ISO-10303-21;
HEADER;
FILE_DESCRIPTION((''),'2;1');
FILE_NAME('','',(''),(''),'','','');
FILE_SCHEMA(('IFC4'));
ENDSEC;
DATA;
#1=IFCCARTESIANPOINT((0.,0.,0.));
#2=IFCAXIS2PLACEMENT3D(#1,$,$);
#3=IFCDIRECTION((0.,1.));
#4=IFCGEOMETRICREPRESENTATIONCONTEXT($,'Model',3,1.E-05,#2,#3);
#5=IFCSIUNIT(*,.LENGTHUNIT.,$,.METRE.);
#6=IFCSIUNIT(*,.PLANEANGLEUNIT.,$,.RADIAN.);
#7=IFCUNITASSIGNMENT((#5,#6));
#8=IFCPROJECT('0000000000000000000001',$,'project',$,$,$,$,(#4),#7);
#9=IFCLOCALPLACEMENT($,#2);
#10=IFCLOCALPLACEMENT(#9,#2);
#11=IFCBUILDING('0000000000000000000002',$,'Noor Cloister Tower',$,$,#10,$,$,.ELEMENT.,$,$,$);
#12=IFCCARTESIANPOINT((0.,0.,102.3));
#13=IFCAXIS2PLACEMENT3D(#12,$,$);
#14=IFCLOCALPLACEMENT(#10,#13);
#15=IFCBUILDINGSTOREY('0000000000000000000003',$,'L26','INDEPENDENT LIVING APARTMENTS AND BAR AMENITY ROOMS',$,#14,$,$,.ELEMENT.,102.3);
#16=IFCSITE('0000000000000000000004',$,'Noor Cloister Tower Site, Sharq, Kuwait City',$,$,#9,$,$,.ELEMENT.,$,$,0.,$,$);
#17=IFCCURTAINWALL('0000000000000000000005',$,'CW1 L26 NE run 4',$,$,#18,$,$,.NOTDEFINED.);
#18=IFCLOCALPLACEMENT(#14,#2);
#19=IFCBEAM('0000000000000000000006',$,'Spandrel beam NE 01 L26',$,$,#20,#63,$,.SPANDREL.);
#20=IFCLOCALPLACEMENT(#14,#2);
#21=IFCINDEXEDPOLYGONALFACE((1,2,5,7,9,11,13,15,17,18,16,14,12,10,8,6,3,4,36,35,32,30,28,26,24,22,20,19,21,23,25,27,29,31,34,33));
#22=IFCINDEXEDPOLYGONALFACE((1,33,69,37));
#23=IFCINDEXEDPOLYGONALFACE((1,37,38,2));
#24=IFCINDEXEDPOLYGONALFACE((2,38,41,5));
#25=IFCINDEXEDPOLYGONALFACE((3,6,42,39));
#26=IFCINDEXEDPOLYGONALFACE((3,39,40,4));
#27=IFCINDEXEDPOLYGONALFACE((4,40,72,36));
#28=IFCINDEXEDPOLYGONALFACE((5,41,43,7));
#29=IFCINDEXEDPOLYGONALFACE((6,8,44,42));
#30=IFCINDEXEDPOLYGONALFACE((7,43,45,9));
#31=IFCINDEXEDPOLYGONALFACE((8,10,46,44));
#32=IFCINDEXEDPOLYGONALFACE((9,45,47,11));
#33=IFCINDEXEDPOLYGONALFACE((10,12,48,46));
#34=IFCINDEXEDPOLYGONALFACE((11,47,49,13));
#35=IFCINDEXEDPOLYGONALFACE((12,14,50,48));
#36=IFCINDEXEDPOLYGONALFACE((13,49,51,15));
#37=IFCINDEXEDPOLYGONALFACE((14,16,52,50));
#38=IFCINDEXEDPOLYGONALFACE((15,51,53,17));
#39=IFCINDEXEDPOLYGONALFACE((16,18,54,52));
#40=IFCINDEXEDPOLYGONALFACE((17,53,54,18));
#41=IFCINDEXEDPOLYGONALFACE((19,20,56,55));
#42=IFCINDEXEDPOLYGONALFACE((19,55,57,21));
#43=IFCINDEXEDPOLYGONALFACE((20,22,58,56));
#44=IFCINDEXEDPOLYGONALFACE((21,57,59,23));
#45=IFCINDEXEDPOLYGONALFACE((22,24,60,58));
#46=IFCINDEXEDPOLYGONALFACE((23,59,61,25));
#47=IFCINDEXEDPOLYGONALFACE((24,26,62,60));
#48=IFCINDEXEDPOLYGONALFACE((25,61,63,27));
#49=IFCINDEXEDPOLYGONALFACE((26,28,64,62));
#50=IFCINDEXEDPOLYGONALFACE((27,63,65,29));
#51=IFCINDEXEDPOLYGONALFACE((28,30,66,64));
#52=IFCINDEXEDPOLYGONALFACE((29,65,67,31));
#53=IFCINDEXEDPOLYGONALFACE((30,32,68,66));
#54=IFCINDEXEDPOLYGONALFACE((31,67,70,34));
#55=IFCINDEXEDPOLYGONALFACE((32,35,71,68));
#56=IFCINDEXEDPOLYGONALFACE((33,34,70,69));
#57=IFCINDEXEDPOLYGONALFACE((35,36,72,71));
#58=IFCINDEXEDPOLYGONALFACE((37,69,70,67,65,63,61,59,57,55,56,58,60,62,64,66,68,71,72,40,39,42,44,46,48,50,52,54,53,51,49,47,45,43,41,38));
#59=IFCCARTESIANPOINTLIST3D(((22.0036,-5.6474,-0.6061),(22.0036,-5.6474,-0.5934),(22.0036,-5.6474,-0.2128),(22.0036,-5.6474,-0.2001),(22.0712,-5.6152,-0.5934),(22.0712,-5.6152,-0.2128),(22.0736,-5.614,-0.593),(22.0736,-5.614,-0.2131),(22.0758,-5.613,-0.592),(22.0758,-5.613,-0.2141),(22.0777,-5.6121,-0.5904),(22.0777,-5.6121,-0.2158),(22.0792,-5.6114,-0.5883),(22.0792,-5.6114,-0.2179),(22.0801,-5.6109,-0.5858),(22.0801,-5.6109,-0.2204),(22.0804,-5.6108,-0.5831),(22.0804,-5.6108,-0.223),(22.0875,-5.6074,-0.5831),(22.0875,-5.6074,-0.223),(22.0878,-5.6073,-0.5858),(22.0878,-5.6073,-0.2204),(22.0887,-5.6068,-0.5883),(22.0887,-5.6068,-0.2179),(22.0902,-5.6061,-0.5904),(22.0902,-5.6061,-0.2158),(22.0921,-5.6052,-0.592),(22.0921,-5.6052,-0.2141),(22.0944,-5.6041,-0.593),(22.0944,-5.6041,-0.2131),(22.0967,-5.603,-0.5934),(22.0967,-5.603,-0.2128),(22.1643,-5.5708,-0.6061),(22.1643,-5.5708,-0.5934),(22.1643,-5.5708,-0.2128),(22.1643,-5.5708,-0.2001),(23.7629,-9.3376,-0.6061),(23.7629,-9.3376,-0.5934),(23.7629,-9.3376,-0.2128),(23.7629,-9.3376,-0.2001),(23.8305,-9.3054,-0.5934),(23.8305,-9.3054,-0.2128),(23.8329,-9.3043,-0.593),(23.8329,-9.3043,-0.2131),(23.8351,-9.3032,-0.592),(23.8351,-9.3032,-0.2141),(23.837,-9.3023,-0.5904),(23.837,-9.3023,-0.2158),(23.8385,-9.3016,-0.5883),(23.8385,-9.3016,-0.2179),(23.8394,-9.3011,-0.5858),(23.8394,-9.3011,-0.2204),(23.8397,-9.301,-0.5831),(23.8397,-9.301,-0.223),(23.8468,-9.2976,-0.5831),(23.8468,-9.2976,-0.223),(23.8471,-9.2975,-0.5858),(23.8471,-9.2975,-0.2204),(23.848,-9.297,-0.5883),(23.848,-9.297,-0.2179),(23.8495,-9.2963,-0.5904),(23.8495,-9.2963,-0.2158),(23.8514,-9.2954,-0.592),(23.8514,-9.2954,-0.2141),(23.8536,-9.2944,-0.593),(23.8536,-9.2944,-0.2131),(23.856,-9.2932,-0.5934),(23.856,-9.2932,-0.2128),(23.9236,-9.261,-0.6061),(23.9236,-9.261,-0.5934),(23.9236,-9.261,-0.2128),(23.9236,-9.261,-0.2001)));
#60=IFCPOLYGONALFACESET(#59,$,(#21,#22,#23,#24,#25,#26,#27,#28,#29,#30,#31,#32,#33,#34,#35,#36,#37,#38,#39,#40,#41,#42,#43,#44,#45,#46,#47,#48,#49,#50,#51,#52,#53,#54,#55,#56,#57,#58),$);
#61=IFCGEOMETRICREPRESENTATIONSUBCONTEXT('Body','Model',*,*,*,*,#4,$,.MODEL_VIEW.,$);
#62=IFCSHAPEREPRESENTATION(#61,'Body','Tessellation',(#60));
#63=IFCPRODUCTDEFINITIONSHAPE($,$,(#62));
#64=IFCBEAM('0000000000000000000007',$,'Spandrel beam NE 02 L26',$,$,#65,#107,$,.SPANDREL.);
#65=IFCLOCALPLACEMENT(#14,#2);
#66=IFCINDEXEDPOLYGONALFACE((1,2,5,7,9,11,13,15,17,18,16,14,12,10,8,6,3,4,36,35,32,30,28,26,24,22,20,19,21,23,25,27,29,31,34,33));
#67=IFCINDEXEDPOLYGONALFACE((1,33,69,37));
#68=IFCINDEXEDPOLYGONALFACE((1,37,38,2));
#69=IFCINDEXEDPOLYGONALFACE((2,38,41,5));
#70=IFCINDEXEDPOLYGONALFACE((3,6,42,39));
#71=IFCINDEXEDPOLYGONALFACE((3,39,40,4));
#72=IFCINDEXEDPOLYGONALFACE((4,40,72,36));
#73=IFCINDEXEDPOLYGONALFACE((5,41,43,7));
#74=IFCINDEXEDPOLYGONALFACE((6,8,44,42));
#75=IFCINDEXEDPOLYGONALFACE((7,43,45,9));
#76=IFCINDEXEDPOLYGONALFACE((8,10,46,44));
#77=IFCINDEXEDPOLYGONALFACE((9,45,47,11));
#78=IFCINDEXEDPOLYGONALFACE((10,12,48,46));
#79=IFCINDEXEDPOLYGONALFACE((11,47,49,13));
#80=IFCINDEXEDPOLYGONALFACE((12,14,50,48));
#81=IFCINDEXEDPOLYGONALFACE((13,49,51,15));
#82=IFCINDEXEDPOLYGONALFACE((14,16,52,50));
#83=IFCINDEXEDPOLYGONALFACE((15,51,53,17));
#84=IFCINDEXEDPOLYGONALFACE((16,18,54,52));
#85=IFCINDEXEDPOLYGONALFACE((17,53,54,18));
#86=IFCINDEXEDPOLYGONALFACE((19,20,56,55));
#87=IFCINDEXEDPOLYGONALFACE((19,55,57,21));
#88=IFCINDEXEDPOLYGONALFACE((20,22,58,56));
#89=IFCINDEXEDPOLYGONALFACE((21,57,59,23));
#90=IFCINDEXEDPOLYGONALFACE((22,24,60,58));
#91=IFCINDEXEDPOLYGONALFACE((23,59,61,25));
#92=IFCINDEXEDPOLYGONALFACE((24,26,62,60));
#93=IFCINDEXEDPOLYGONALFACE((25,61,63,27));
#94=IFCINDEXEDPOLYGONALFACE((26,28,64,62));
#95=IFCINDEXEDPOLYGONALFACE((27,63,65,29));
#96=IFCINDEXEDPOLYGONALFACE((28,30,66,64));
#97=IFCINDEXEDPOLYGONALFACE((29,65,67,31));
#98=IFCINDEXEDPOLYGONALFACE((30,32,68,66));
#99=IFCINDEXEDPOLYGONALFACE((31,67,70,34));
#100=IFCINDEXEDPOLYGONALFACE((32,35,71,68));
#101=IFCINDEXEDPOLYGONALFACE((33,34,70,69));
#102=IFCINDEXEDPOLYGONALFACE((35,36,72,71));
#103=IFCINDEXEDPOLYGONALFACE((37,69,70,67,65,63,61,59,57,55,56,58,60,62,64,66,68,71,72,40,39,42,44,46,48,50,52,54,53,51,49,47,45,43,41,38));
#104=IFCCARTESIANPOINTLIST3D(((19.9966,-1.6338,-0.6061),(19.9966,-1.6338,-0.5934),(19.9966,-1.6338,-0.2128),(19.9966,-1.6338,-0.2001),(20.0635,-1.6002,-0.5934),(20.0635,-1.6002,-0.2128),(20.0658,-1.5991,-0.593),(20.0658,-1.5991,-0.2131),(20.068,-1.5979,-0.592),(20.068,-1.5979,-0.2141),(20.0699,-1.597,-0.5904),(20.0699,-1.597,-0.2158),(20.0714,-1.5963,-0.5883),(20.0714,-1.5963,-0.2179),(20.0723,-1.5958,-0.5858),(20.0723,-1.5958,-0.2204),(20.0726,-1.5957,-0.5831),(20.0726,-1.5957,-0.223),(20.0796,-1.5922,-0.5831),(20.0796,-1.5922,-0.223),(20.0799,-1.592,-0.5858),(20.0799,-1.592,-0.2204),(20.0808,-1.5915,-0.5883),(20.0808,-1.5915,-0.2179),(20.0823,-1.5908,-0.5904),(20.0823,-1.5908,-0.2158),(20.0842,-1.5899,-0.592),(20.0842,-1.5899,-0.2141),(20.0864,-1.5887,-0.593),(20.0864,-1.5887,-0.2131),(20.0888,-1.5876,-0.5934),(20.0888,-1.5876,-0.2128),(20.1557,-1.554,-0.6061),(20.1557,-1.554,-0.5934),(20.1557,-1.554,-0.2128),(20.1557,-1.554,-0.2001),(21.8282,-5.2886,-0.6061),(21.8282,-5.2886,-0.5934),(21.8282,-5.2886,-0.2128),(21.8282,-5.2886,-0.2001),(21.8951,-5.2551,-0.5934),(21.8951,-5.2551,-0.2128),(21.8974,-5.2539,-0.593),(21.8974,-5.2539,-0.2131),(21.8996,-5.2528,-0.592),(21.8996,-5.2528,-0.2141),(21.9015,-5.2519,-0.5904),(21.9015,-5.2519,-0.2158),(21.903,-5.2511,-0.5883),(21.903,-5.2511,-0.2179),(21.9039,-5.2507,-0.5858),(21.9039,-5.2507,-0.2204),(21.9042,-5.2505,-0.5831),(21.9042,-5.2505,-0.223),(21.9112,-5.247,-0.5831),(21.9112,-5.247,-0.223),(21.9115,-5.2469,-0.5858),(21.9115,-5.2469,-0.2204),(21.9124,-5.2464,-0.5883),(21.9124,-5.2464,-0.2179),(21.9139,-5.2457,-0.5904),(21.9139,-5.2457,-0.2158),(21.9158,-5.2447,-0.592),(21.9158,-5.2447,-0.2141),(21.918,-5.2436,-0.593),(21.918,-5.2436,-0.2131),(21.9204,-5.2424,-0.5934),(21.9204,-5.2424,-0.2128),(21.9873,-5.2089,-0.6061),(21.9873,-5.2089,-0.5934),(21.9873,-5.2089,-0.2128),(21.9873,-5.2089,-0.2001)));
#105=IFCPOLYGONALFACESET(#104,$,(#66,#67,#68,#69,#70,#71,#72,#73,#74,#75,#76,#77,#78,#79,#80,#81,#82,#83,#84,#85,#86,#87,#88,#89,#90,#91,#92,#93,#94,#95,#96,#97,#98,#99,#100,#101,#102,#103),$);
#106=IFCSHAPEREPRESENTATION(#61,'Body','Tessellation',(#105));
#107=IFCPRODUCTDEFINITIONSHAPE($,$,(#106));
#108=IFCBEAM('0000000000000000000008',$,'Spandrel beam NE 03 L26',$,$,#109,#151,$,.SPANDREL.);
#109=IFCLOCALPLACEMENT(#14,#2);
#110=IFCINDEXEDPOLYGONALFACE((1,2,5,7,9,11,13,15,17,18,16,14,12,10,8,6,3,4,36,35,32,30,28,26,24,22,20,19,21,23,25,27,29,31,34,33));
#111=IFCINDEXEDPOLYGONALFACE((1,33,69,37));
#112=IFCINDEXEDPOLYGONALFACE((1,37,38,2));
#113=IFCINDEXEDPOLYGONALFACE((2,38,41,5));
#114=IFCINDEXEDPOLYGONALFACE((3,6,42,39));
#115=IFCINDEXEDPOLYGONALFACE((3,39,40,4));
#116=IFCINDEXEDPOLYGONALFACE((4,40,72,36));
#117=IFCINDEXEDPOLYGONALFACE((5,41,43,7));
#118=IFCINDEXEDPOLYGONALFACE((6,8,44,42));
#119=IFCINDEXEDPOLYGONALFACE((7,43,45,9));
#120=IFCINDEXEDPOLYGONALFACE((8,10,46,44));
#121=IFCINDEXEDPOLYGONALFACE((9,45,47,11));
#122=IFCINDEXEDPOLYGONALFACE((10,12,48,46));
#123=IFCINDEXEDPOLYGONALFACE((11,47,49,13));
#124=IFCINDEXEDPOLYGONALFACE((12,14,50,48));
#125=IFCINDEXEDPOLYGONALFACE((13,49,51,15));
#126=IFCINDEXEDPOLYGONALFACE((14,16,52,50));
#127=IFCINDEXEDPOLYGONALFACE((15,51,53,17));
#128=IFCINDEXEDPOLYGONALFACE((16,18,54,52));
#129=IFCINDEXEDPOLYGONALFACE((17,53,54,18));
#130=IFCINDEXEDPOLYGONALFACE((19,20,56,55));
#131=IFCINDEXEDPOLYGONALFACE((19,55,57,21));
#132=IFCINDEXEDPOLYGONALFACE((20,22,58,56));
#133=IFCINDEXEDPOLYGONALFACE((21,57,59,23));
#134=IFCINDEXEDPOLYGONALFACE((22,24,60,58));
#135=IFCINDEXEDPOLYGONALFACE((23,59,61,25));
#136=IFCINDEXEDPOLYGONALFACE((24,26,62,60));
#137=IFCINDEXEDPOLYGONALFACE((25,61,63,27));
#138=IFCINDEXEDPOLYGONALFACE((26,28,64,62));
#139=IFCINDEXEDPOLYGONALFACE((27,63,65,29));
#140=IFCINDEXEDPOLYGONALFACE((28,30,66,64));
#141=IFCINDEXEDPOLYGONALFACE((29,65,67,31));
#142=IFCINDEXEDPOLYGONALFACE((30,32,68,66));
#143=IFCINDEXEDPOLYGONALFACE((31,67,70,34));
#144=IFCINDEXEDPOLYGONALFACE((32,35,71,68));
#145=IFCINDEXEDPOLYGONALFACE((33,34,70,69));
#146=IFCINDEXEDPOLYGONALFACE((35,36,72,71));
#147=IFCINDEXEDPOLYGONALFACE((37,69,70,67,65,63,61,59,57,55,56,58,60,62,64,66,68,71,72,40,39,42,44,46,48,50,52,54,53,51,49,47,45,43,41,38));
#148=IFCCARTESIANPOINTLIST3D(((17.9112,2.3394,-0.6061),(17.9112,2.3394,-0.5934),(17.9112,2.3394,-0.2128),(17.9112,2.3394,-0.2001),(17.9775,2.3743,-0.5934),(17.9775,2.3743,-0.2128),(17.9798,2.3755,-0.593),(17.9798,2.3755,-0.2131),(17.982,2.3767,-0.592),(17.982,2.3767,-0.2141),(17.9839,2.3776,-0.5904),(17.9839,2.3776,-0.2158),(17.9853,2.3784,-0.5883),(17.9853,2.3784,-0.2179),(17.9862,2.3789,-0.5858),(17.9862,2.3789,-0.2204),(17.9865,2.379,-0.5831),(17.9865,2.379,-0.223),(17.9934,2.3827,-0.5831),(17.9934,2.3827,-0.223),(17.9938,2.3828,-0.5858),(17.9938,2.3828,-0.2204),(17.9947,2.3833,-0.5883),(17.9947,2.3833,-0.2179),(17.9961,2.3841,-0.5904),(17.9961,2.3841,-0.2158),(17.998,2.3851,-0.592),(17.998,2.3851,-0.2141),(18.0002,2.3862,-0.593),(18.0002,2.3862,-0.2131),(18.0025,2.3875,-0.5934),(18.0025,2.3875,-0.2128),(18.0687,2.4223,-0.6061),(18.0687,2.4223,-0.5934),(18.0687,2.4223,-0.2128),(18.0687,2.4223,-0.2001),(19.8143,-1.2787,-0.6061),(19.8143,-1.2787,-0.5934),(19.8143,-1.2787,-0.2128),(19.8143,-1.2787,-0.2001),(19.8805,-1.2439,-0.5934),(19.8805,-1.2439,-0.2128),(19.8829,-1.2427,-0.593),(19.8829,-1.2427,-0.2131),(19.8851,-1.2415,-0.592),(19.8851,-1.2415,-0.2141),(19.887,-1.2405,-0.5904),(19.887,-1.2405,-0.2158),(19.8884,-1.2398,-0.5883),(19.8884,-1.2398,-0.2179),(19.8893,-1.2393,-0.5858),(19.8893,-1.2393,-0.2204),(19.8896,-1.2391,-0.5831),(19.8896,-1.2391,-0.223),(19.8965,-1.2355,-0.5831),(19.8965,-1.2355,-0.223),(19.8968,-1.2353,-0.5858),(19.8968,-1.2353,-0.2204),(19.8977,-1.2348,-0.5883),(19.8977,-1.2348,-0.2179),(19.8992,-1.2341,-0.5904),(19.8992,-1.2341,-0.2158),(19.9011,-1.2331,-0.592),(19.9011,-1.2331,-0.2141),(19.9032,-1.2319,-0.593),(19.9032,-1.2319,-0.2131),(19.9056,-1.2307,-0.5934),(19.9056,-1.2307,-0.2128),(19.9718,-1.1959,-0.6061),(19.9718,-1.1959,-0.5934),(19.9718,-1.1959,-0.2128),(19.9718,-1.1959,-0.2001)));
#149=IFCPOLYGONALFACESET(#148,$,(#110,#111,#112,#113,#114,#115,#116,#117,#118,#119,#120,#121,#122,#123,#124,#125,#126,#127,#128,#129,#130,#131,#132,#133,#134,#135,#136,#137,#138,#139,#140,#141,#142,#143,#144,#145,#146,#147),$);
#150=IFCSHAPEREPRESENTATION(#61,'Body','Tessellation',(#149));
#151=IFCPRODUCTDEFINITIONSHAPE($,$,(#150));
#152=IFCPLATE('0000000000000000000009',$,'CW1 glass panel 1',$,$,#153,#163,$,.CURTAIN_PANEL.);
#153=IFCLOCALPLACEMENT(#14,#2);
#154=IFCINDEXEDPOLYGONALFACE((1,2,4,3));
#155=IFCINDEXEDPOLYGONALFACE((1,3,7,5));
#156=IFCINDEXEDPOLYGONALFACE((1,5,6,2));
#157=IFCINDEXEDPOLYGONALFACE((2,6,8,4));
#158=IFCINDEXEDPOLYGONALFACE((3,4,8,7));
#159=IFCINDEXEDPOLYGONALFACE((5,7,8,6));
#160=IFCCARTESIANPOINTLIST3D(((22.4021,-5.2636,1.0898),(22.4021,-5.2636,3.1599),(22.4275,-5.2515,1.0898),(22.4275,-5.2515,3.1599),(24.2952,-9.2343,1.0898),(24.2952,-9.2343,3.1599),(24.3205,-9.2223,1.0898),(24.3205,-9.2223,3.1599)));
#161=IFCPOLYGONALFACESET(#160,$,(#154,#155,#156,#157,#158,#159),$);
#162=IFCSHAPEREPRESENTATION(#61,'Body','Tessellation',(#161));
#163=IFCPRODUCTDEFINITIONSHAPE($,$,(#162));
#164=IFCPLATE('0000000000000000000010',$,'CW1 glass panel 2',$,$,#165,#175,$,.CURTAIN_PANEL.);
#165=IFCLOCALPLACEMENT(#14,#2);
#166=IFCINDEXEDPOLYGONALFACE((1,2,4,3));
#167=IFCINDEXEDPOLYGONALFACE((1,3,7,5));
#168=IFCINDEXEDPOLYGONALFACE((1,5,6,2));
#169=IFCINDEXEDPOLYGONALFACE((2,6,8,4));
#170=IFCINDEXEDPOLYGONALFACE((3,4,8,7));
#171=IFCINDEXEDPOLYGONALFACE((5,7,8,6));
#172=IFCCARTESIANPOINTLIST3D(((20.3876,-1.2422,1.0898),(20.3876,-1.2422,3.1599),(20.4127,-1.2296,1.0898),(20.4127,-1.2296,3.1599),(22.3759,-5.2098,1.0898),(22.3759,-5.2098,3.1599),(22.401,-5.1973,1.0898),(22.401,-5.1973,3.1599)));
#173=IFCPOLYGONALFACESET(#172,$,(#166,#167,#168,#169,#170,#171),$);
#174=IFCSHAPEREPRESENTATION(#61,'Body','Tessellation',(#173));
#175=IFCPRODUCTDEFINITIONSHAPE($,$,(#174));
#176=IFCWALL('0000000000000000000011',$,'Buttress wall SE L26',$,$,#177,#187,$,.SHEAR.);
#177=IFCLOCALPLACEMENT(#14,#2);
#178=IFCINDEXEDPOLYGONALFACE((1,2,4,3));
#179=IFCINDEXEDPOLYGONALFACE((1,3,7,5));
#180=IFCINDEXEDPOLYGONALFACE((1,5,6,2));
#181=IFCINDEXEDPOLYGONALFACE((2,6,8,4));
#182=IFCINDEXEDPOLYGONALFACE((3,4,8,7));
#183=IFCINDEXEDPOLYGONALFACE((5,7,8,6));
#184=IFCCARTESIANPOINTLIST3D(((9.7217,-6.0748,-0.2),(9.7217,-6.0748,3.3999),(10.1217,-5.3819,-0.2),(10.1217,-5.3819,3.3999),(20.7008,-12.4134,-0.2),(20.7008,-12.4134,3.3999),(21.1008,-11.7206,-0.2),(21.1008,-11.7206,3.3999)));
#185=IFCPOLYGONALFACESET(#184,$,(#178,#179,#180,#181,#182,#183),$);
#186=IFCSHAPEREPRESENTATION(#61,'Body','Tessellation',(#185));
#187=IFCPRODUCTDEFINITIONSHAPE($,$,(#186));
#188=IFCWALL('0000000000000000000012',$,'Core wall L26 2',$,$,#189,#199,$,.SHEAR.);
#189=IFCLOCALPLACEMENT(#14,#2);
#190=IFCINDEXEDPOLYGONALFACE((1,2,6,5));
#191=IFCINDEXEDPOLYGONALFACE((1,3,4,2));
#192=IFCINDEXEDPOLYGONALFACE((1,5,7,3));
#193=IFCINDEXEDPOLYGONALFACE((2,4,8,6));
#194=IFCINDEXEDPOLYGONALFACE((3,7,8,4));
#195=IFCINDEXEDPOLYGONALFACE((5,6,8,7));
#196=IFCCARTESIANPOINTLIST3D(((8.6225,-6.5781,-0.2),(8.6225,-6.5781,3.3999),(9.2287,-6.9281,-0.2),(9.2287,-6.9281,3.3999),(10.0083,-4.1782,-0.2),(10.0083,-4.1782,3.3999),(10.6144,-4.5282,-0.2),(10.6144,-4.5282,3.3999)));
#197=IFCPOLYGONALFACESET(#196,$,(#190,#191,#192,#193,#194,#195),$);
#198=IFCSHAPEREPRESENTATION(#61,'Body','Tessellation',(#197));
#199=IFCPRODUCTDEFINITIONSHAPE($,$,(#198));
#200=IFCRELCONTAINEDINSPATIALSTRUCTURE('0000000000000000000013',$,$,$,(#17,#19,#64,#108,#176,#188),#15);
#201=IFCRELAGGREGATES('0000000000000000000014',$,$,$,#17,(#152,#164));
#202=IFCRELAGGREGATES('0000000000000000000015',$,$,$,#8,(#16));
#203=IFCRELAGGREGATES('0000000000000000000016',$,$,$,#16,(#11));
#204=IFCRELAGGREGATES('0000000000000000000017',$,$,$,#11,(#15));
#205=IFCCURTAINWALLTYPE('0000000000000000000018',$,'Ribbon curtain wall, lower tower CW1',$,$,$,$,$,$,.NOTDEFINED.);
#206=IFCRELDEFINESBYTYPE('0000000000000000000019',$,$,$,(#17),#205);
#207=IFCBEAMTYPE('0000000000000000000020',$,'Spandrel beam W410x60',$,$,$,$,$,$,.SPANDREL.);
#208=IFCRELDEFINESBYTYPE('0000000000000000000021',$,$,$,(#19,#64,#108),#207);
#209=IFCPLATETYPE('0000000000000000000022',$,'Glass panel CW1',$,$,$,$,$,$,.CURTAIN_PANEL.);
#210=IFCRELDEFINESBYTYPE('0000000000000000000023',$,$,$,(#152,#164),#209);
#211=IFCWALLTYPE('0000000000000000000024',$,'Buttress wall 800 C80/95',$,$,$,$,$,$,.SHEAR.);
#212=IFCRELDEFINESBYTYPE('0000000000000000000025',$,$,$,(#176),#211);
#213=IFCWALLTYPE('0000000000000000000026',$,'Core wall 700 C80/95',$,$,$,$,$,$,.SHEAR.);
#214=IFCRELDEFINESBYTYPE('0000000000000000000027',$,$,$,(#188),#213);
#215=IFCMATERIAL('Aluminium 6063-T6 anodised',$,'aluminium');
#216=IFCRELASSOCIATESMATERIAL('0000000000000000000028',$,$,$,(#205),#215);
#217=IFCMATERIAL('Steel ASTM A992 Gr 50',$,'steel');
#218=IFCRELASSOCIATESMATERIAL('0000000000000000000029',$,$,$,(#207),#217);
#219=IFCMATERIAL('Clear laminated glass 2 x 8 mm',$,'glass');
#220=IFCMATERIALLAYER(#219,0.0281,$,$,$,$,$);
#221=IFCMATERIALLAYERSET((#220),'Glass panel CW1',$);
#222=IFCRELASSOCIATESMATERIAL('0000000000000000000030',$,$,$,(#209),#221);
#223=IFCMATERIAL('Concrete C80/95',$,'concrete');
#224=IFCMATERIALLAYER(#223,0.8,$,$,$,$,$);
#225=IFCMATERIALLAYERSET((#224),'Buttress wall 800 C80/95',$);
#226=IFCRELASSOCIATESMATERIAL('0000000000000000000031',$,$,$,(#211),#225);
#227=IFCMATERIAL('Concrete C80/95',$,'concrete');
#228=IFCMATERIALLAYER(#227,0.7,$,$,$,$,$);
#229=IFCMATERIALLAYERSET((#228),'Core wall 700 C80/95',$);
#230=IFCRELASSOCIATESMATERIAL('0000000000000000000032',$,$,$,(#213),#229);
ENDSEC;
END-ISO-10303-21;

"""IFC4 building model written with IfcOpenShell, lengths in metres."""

from ifc_helpers import new_model, si_unit, direction, frame, frame_2d, origin, origin_2d, place, context, subcontext, project, spatial, rectangle, i_section, extrude, material, layer, layer_set, material_profile, profile_set, type_object, element, aggregate, save


model = new_model("IFC4")

# Units and contexts
model_context = context("Model", 3, precision=1e-05, world=origin(), true_north=direction((0.0, 1.0)))
body_context = subcontext(model_context, "Body", "Model", "MODEL_VIEW")
ifc_project = project(units=[si_unit("LENGTHUNIT", "METRE"), si_unit("PLANEANGLEUNIT", "RADIAN")], contexts=[model_context])

# Site, building, storey
site_placement = place(None, origin())
site = spatial("IfcSite", under=ifc_project, at=site_placement, Name="Noor Cloister Tower Site, Sharq, Kuwait City", CompositionType="ELEMENT", RefElevation=0.0)
building_placement = place(site_placement, origin())
building = spatial("IfcBuilding", under=site, at=building_placement, Name="Noor Cloister Tower", CompositionType="ELEMENT")
storey_placement = place(building_placement, frame((0.0, 0.0, 102.3)))
storey = spatial("IfcBuildingStorey", under=building, at=storey_placement, Name="L26", Description="INDEPENDENT LIVING APARTMENTS AND BAR AMENITY ROOMS", CompositionType="ELEMENT", Elevation=102.3)

# Curtain wall
ifc_material_1 = material(Name="Aluminium 6063-T6 anodised", Category="aluminium")
curtain_wall_type = type_object("IfcCurtainWallType", Name="Ribbon curtain wall, lower tower CW1", PredefinedType="NOTDEFINED", material=ifc_material_1)
curtain_wall_placement = place(storey_placement, origin())
curtain_wall = element("IfcCurtainWall", 1, at=curtain_wall_placement, inside=storey, type_object=curtain_wall_type, Name="CW1 L26 NE run 4", PredefinedType="NOTDEFINED")

# Beams
ifc_material_2 = material(Name="Steel ASTM A992 Gr 50", Category="steel")
ifc_material_profile_1 = material_profile(ifc_material_2, i_section(OverallWidth=0.178, OverallDepth=0.406, WebThickness=0.0078, FlangeThickness=0.0127, FilletRadius=0.0103, at=origin_2d()), Name="W410x60")
ifc_profile_set_1 = profile_set([ifc_material_profile_1], Name="Steel ASTM A992 Gr 50")
beam_type_1 = type_object("IfcBeamType", Name="Spandrel beam W410x60", PredefinedType="SPANDREL", material=ifc_profile_set_1)
for number, where, z_axis, x_axis, name in (
    (2, (23.8433, -9.2993, -0.4031), (-0.430342, 0.902666, 0.0), (-0.902666, -0.430342, 0.0), "Spandrel beam NE 01 L26"),
    (3, (21.9077, -5.2488, -0.4031), (-0.448026, 0.894021, 0.0), (-0.894021, -0.448026, 0.0), "Spandrel beam NE 02 L26"),
    (4, (19.8931, -1.2373, -0.4031), (-0.465513, 0.885041, 0.0), (-0.885041, -0.465513, 0.0), "Spandrel beam NE 03 L26"),
):
    element("IfcBeam", number, at=place(storey_placement, frame(where, z_axis=z_axis, x_axis=x_axis)), inside=storey, type_object=beam_type_1, Name=name, PredefinedType="SPANDREL", context=body_context, shape_type="SweptSolid", body=[
        extrude(i_section(OverallWidth=0.178, OverallDepth=0.406, WebThickness=0.0078, FlangeThickness=0.0127, FilletRadius=0.0103, at=origin_2d()), origin(), (0.0, 0.0, 1.0), 4.0881),
    ])

# Plates
ifc_material_3 = material(Name="Clear laminated glass 2 x 8 mm", Category="glass")
ifc_layer_1 = layer(ifc_material_3, 0.0281)
ifc_layer_set_1 = layer_set([ifc_layer_1], Name="Glass panel CW1")
plate_type = type_object("IfcPlateType", Name="Glass panel CW1", PredefinedType="CURTAIN_PANEL", material=ifc_layer_set_1)
plate_1_placement = place(storey_placement, frame((23.3613, -7.2429, 1.0898), z_axis=(0.0, 0.0, 1.0), x_axis=(-0.430337, 0.902668, 0.0)))
plate_1 = element("IfcPlate", 5, at=plate_1_placement, type_object=plate_type, Name="CW1 glass panel 1", PredefinedType="CURTAIN_PANEL", context=body_context, shape_type="SweptSolid", body=[
    extrude(rectangle(XDim=4.3989, YDim=0.0281, at=origin_2d()), origin(), (0.0, 0.0, 1.0), 2.0701),
])
plate_2_placement = place(storey_placement, frame((21.3943, -3.2197, 1.0898), z_axis=(0.0, 0.0, 1.0), x_axis=(-0.44802, 0.894024, 0.0)))
plate_2 = element("IfcPlate", 6, at=plate_2_placement, type_object=plate_type, Name="CW1 glass panel 2", PredefinedType="CURTAIN_PANEL", context=body_context, shape_type="SweptSolid", body=[
    extrude(rectangle(XDim=4.438, YDim=0.0281, at=origin_2d()), origin(), (0.0, 0.0, 1.0), 2.0701),
])
aggregate(curtain_wall, [plate_1, plate_2])

# Walls
ifc_material_4 = material(Name="Concrete C80/95", Category="concrete")
ifc_layer_2 = layer(ifc_material_4, 0.8)
ifc_layer_set_2 = layer_set([ifc_layer_2], Name="Buttress wall 800 C80/95")
wall_type_1 = type_object("IfcWallType", Name="Buttress wall 800 C80/95", PredefinedType="SHEAR", material=ifc_layer_set_2)
wall_1_placement = place(storey_placement, frame((9.9216, -5.7283, -0.2), z_axis=(0.0, 0.0, 1.0), x_axis=(0.866029, -0.499994, 0.0)))
element("IfcWall", 7, at=wall_1_placement, inside=storey, type_object=wall_type_1, Name="Buttress wall SE L26", PredefinedType="SHEAR", context=body_context, shape_type="SweptSolid", body=[
    extrude(rectangle(XDim=12.6775, YDim=0.8, at=frame_2d((6.3389, 0.0))), origin(), (0.0, 0.0, 1.0), 3.5999),
])
ifc_material_5 = material(Name="Concrete C80/95", Category="concrete")
ifc_layer_3 = layer(ifc_material_5, 0.7)
ifc_layer_set_3 = layer_set([ifc_layer_3], Name="Core wall 700 C80/95")
wall_type_2 = type_object("IfcWallType", Name="Core wall 700 C80/95", PredefinedType="SHEAR", material=ifc_layer_set_3)
wall_2_placement = place(storey_placement, frame((8.9255, -6.7532, -0.2), z_axis=(0.0, 0.0, 1.0), x_axis=(0.500043, 0.866001, 0.0)))
element("IfcWall", 8, at=wall_2_placement, inside=storey, type_object=wall_type_2, Name="Core wall L26 2", PredefinedType="SHEAR", context=body_context, shape_type="SweptSolid", body=[
    extrude(rectangle(XDim=2.7712, YDim=0.7, at=frame_2d((1.3857, 0.0))), origin(), (0.0, 0.0, 1.0), 3.5999),
])

save(model, "model.ifc")
